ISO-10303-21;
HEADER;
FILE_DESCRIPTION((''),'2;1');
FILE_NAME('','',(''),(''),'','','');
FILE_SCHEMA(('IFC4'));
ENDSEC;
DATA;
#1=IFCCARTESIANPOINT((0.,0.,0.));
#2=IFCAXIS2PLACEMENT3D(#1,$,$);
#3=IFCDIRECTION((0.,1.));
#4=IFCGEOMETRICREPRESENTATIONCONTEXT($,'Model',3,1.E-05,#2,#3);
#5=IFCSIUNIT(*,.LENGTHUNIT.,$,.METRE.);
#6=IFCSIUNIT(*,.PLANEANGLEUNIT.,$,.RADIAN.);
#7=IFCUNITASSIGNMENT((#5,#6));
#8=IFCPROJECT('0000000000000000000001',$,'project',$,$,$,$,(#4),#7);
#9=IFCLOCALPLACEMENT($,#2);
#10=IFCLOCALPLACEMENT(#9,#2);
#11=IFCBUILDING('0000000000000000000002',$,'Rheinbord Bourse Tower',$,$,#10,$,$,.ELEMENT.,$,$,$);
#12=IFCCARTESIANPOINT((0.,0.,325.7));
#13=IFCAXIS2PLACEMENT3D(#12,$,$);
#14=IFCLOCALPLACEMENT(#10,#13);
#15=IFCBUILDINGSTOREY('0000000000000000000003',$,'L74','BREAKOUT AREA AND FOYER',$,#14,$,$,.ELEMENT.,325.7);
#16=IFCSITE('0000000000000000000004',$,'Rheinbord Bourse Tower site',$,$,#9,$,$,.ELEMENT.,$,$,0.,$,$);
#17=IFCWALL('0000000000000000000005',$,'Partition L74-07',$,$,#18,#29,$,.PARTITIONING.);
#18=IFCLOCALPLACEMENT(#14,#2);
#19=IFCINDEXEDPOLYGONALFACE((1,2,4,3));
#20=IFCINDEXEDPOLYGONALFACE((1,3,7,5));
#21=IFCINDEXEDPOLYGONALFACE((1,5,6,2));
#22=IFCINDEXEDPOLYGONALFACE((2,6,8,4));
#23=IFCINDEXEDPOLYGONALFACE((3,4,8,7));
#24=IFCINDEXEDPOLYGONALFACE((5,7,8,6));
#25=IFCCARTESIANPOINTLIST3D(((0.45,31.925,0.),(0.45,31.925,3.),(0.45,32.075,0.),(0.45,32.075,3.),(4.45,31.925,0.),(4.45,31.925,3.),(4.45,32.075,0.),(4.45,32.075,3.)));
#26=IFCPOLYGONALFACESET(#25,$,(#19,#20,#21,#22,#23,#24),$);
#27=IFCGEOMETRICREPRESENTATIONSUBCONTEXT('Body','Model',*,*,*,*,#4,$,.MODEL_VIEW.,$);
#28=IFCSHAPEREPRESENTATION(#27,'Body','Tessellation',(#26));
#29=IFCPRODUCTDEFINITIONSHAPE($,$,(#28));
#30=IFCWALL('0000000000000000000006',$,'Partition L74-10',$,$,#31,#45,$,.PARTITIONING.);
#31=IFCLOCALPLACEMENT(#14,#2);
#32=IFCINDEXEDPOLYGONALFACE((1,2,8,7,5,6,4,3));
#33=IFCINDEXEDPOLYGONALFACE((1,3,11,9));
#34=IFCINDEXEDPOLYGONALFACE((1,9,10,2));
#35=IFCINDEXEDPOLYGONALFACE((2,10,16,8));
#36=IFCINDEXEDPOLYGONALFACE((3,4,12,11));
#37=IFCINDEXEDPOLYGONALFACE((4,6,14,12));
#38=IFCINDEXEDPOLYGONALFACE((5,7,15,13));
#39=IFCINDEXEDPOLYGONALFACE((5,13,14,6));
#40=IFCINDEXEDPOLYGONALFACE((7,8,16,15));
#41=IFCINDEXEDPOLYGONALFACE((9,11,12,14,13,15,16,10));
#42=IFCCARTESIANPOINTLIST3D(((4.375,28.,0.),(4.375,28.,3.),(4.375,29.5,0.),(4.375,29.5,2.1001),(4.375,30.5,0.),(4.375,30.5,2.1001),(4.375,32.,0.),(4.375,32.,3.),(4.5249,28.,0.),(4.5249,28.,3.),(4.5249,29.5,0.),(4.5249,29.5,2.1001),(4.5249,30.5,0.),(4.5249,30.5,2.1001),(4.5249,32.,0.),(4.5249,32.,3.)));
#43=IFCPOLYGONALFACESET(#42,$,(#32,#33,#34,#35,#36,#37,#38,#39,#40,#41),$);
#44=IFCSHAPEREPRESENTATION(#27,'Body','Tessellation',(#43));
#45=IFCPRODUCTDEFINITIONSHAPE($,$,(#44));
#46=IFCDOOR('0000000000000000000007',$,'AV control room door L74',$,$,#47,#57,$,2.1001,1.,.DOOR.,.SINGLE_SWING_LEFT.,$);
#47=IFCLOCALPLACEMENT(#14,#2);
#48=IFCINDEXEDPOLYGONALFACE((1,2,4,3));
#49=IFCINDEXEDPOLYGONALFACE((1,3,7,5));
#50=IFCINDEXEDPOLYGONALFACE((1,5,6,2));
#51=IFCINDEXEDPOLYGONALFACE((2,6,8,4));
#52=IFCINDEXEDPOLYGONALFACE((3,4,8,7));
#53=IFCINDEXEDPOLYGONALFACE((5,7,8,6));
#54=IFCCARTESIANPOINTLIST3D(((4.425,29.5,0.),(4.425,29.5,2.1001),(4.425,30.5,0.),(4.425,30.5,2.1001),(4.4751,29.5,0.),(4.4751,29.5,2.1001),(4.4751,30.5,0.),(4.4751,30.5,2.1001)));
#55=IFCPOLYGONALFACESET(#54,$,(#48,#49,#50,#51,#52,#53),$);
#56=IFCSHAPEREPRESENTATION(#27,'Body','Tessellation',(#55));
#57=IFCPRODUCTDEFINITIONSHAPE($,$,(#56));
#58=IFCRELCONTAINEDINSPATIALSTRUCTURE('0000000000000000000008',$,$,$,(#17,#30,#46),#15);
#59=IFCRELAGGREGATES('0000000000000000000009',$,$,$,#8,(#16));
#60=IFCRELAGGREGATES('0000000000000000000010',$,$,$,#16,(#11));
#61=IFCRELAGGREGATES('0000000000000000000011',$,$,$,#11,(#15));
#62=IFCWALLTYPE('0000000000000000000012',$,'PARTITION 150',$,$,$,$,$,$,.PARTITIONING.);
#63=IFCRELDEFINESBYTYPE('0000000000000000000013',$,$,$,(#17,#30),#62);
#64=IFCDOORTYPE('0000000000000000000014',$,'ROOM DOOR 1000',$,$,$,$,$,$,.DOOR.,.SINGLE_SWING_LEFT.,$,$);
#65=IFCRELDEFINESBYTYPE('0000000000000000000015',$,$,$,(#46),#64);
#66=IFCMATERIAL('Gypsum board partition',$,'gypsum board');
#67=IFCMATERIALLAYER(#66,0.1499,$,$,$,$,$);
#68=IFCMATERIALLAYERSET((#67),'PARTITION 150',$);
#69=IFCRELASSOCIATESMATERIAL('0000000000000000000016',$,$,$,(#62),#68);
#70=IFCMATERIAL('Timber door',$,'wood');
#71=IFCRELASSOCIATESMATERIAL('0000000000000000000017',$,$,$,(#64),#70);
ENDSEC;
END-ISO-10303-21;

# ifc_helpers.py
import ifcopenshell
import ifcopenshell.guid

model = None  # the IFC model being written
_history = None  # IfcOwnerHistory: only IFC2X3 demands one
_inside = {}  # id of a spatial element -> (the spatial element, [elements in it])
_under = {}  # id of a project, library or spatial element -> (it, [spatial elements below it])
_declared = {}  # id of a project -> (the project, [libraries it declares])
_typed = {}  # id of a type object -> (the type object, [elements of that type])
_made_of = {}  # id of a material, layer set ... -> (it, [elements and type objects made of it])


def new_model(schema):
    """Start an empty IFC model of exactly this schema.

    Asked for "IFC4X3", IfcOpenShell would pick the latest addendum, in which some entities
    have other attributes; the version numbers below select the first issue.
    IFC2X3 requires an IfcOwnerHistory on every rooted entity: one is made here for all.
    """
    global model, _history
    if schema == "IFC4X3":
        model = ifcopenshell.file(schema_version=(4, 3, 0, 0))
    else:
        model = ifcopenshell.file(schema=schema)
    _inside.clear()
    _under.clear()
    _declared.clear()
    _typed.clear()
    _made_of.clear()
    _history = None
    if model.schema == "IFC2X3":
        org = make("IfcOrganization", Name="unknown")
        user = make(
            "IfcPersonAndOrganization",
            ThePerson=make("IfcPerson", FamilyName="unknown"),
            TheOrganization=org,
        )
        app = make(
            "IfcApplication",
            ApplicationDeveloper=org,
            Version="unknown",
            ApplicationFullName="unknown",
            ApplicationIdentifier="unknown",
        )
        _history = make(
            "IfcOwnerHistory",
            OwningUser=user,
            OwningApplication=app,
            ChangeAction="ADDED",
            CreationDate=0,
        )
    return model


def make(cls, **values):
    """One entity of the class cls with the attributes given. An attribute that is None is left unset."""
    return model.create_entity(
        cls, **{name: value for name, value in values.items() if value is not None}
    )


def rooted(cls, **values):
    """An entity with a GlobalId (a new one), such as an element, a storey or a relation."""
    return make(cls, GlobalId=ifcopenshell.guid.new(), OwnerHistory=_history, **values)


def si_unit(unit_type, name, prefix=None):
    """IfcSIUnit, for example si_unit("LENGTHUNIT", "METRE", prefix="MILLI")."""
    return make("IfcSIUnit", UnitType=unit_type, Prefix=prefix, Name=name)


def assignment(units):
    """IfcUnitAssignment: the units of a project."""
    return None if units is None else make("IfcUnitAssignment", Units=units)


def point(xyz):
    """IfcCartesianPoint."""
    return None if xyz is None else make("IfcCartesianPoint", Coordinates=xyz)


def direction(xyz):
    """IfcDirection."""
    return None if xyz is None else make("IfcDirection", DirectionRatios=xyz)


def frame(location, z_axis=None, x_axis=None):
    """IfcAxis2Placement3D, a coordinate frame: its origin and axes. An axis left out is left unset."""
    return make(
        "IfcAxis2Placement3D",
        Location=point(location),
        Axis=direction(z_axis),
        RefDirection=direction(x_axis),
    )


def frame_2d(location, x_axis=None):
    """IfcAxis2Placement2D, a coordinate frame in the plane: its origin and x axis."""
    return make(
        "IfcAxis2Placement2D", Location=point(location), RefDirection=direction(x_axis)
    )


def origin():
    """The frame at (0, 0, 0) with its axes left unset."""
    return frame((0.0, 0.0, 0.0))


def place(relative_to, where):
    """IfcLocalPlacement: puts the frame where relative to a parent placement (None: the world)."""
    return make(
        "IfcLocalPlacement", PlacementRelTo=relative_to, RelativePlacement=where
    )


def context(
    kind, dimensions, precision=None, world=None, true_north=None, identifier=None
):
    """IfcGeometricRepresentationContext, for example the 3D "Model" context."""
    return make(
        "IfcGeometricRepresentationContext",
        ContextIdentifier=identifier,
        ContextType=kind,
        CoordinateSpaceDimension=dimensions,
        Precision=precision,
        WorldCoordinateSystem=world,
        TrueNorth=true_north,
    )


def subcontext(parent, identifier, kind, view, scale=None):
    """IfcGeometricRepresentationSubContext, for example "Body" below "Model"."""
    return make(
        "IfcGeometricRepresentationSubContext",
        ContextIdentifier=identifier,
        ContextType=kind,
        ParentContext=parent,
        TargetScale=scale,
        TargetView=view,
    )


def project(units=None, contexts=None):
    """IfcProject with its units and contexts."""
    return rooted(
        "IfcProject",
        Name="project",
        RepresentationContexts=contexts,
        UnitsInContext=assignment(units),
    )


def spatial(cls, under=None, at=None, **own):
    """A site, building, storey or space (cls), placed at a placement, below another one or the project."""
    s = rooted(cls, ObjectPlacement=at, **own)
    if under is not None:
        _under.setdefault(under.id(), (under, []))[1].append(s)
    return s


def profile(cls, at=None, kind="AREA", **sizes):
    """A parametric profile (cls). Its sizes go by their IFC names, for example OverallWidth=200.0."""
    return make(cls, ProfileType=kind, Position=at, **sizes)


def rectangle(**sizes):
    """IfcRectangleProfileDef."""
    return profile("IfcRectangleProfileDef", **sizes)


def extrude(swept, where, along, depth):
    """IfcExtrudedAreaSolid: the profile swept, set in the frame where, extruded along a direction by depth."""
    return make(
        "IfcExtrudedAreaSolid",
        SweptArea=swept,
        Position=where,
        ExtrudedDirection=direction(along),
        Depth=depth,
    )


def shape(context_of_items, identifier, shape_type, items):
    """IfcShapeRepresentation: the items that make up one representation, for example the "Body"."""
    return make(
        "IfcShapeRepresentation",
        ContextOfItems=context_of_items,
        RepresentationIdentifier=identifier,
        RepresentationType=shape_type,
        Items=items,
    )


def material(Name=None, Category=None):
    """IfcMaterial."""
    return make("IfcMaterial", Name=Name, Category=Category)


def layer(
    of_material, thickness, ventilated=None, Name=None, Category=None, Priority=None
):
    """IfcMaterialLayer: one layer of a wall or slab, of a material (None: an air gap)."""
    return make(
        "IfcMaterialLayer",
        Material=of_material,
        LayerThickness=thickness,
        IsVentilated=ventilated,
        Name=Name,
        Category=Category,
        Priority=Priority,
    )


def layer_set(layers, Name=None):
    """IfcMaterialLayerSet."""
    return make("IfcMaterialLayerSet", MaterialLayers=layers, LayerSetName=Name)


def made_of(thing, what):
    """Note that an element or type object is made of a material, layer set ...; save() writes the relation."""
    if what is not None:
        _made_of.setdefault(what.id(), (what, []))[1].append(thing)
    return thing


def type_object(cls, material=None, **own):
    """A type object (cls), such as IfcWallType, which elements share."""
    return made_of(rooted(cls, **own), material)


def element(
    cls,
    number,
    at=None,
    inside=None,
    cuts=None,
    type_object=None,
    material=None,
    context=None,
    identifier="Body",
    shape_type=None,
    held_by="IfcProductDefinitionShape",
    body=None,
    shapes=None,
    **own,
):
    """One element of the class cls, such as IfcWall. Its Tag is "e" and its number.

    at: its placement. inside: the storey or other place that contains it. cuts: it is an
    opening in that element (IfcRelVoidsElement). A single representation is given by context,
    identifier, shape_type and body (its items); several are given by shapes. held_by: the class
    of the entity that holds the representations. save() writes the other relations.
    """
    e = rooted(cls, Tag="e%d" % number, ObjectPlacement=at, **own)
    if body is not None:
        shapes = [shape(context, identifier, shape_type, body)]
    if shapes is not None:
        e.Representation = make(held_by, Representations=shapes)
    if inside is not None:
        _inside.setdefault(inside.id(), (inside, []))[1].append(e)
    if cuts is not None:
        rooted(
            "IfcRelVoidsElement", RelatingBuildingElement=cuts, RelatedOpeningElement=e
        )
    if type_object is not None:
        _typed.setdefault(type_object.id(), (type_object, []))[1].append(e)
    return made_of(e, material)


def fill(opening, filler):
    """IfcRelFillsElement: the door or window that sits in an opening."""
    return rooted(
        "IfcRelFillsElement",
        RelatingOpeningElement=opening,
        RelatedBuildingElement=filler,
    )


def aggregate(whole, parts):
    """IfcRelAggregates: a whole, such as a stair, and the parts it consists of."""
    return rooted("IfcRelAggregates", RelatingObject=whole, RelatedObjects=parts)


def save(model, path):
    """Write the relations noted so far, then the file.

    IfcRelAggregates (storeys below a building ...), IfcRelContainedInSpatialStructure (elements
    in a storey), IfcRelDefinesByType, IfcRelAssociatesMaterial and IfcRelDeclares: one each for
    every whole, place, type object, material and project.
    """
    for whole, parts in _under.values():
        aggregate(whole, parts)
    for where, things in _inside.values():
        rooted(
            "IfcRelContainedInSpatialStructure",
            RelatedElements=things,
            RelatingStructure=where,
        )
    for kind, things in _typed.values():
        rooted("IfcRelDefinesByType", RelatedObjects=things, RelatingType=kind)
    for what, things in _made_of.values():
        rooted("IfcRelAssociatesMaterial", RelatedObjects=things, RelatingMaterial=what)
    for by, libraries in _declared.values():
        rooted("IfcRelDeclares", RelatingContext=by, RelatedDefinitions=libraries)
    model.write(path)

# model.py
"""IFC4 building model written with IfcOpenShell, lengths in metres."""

from ifc_helpers import new_model, si_unit, direction, frame, frame_2d, origin, place, context, subcontext, project, spatial, rectangle, extrude, material, layer, layer_set, type_object, element, fill, save


model = new_model("IFC4")

# Units and contexts
model_context = context("Model", 3, precision=1e-05, world=origin(), true_north=direction((0.0, 1.0)))
body_context = subcontext(model_context, "Body", "Model", "MODEL_VIEW")
ifc_project = project(units=[si_unit("LENGTHUNIT", "METRE"), si_unit("PLANEANGLEUNIT", "RADIAN")], contexts=[model_context])

# Site, building, storey
site_placement = place(None, origin())
site = spatial("IfcSite", under=ifc_project, at=site_placement, Name="Rheinbord Bourse Tower site", CompositionType="ELEMENT", RefElevation=0.0)
building_placement = place(site_placement, origin())
building = spatial("IfcBuilding", under=site, at=building_placement, Name="Rheinbord Bourse Tower", CompositionType="ELEMENT")
storey_placement = place(building_placement, frame((0.0, 0.0, 325.7)))
storey = spatial("IfcBuildingStorey", under=building, at=storey_placement, Name="L74", Description="BREAKOUT AREA AND FOYER", CompositionType="ELEMENT", Elevation=325.7)

# Wall
ifc_material_1 = material(Name="Gypsum board partition", Category="gypsum board")
ifc_layer_1 = layer(ifc_material_1, 0.1499)
ifc_layer_set_1 = layer_set([ifc_layer_1], Name="PARTITION 150")
wall_type = type_object("IfcWallType", Name="PARTITION 150", PredefinedType="PARTITIONING", material=ifc_layer_set_1)
wall_1_placement = place(storey_placement, frame((0.45, 32.0, 0.0), z_axis=(0.0, 0.0, 1.0), x_axis=(1.0, 0.0, 0.0)))
element("IfcWall", 1, at=wall_1_placement, inside=storey, type_object=wall_type, Name="Partition L74-07", PredefinedType="PARTITIONING", context=body_context, shape_type="SweptSolid", body=[
    extrude(rectangle(XDim=4.0, YDim=0.1499, at=frame_2d((2.0, 0.0))), origin(), (0.0, 0.0, 1.0), 3.0),
])

# Wall, opening, door
wall_2_placement = place(storey_placement, frame((4.45, 28.0, 0.0), z_axis=(0.0, 0.0, 1.0), x_axis=(0.0, 1.0, 0.0)))
wall_2 = element("IfcWall", 2, at=wall_2_placement, inside=storey, type_object=wall_type, Name="Partition L74-10", PredefinedType="PARTITIONING", context=body_context, shape_type="SweptSolid", body=[
    extrude(rectangle(XDim=4.0, YDim=0.1499, at=frame_2d((2.0, 0.0))), origin(), (0.0, 0.0, 1.0), 3.0),
])
opening_placement = place(wall_2_placement, frame((1.5, 0.0, 0.0)))
opening = element("IfcOpeningElement", 3, at=opening_placement, cuts=wall_2, PredefinedType="OPENING", context=body_context, shape_type="SweptSolid", body=[
    extrude(rectangle(XDim=1.0, YDim=2.1001, at=frame_2d((0.5, 1.05))), frame((0.0, 0.085, 0.0), z_axis=(0.0, -1.0, 0.0), x_axis=(1.0, 0.0, 0.0)), (0.0, 0.0, 1.0), 0.1699),
])
ifc_material_2 = material(Name="Timber door", Category="wood")
door_type = type_object("IfcDoorType", Name="ROOM DOOR 1000", OperationType="SINGLE_SWING_LEFT", PredefinedType="DOOR", material=ifc_material_2)
door_placement = place(opening_placement, origin())
door = element("IfcDoor", 4, at=door_placement, inside=storey, type_object=door_type, Name="AV control room door L74", OperationType="SINGLE_SWING_LEFT", OverallHeight=2.1001, OverallWidth=1.0, PredefinedType="DOOR", context=body_context, shape_type="SweptSolid", body=[
    extrude(rectangle(XDim=1.0, YDim=2.1001, at=frame_2d((0.5, 1.05))), frame((0.0, 0.0249, 0.0), z_axis=(0.0, -1.0, 0.0), x_axis=(1.0, 0.0, 0.0)), (0.0, 0.0, 1.0), 0.05),
])
fill(opening, door)

save(model, "model.ifc")
